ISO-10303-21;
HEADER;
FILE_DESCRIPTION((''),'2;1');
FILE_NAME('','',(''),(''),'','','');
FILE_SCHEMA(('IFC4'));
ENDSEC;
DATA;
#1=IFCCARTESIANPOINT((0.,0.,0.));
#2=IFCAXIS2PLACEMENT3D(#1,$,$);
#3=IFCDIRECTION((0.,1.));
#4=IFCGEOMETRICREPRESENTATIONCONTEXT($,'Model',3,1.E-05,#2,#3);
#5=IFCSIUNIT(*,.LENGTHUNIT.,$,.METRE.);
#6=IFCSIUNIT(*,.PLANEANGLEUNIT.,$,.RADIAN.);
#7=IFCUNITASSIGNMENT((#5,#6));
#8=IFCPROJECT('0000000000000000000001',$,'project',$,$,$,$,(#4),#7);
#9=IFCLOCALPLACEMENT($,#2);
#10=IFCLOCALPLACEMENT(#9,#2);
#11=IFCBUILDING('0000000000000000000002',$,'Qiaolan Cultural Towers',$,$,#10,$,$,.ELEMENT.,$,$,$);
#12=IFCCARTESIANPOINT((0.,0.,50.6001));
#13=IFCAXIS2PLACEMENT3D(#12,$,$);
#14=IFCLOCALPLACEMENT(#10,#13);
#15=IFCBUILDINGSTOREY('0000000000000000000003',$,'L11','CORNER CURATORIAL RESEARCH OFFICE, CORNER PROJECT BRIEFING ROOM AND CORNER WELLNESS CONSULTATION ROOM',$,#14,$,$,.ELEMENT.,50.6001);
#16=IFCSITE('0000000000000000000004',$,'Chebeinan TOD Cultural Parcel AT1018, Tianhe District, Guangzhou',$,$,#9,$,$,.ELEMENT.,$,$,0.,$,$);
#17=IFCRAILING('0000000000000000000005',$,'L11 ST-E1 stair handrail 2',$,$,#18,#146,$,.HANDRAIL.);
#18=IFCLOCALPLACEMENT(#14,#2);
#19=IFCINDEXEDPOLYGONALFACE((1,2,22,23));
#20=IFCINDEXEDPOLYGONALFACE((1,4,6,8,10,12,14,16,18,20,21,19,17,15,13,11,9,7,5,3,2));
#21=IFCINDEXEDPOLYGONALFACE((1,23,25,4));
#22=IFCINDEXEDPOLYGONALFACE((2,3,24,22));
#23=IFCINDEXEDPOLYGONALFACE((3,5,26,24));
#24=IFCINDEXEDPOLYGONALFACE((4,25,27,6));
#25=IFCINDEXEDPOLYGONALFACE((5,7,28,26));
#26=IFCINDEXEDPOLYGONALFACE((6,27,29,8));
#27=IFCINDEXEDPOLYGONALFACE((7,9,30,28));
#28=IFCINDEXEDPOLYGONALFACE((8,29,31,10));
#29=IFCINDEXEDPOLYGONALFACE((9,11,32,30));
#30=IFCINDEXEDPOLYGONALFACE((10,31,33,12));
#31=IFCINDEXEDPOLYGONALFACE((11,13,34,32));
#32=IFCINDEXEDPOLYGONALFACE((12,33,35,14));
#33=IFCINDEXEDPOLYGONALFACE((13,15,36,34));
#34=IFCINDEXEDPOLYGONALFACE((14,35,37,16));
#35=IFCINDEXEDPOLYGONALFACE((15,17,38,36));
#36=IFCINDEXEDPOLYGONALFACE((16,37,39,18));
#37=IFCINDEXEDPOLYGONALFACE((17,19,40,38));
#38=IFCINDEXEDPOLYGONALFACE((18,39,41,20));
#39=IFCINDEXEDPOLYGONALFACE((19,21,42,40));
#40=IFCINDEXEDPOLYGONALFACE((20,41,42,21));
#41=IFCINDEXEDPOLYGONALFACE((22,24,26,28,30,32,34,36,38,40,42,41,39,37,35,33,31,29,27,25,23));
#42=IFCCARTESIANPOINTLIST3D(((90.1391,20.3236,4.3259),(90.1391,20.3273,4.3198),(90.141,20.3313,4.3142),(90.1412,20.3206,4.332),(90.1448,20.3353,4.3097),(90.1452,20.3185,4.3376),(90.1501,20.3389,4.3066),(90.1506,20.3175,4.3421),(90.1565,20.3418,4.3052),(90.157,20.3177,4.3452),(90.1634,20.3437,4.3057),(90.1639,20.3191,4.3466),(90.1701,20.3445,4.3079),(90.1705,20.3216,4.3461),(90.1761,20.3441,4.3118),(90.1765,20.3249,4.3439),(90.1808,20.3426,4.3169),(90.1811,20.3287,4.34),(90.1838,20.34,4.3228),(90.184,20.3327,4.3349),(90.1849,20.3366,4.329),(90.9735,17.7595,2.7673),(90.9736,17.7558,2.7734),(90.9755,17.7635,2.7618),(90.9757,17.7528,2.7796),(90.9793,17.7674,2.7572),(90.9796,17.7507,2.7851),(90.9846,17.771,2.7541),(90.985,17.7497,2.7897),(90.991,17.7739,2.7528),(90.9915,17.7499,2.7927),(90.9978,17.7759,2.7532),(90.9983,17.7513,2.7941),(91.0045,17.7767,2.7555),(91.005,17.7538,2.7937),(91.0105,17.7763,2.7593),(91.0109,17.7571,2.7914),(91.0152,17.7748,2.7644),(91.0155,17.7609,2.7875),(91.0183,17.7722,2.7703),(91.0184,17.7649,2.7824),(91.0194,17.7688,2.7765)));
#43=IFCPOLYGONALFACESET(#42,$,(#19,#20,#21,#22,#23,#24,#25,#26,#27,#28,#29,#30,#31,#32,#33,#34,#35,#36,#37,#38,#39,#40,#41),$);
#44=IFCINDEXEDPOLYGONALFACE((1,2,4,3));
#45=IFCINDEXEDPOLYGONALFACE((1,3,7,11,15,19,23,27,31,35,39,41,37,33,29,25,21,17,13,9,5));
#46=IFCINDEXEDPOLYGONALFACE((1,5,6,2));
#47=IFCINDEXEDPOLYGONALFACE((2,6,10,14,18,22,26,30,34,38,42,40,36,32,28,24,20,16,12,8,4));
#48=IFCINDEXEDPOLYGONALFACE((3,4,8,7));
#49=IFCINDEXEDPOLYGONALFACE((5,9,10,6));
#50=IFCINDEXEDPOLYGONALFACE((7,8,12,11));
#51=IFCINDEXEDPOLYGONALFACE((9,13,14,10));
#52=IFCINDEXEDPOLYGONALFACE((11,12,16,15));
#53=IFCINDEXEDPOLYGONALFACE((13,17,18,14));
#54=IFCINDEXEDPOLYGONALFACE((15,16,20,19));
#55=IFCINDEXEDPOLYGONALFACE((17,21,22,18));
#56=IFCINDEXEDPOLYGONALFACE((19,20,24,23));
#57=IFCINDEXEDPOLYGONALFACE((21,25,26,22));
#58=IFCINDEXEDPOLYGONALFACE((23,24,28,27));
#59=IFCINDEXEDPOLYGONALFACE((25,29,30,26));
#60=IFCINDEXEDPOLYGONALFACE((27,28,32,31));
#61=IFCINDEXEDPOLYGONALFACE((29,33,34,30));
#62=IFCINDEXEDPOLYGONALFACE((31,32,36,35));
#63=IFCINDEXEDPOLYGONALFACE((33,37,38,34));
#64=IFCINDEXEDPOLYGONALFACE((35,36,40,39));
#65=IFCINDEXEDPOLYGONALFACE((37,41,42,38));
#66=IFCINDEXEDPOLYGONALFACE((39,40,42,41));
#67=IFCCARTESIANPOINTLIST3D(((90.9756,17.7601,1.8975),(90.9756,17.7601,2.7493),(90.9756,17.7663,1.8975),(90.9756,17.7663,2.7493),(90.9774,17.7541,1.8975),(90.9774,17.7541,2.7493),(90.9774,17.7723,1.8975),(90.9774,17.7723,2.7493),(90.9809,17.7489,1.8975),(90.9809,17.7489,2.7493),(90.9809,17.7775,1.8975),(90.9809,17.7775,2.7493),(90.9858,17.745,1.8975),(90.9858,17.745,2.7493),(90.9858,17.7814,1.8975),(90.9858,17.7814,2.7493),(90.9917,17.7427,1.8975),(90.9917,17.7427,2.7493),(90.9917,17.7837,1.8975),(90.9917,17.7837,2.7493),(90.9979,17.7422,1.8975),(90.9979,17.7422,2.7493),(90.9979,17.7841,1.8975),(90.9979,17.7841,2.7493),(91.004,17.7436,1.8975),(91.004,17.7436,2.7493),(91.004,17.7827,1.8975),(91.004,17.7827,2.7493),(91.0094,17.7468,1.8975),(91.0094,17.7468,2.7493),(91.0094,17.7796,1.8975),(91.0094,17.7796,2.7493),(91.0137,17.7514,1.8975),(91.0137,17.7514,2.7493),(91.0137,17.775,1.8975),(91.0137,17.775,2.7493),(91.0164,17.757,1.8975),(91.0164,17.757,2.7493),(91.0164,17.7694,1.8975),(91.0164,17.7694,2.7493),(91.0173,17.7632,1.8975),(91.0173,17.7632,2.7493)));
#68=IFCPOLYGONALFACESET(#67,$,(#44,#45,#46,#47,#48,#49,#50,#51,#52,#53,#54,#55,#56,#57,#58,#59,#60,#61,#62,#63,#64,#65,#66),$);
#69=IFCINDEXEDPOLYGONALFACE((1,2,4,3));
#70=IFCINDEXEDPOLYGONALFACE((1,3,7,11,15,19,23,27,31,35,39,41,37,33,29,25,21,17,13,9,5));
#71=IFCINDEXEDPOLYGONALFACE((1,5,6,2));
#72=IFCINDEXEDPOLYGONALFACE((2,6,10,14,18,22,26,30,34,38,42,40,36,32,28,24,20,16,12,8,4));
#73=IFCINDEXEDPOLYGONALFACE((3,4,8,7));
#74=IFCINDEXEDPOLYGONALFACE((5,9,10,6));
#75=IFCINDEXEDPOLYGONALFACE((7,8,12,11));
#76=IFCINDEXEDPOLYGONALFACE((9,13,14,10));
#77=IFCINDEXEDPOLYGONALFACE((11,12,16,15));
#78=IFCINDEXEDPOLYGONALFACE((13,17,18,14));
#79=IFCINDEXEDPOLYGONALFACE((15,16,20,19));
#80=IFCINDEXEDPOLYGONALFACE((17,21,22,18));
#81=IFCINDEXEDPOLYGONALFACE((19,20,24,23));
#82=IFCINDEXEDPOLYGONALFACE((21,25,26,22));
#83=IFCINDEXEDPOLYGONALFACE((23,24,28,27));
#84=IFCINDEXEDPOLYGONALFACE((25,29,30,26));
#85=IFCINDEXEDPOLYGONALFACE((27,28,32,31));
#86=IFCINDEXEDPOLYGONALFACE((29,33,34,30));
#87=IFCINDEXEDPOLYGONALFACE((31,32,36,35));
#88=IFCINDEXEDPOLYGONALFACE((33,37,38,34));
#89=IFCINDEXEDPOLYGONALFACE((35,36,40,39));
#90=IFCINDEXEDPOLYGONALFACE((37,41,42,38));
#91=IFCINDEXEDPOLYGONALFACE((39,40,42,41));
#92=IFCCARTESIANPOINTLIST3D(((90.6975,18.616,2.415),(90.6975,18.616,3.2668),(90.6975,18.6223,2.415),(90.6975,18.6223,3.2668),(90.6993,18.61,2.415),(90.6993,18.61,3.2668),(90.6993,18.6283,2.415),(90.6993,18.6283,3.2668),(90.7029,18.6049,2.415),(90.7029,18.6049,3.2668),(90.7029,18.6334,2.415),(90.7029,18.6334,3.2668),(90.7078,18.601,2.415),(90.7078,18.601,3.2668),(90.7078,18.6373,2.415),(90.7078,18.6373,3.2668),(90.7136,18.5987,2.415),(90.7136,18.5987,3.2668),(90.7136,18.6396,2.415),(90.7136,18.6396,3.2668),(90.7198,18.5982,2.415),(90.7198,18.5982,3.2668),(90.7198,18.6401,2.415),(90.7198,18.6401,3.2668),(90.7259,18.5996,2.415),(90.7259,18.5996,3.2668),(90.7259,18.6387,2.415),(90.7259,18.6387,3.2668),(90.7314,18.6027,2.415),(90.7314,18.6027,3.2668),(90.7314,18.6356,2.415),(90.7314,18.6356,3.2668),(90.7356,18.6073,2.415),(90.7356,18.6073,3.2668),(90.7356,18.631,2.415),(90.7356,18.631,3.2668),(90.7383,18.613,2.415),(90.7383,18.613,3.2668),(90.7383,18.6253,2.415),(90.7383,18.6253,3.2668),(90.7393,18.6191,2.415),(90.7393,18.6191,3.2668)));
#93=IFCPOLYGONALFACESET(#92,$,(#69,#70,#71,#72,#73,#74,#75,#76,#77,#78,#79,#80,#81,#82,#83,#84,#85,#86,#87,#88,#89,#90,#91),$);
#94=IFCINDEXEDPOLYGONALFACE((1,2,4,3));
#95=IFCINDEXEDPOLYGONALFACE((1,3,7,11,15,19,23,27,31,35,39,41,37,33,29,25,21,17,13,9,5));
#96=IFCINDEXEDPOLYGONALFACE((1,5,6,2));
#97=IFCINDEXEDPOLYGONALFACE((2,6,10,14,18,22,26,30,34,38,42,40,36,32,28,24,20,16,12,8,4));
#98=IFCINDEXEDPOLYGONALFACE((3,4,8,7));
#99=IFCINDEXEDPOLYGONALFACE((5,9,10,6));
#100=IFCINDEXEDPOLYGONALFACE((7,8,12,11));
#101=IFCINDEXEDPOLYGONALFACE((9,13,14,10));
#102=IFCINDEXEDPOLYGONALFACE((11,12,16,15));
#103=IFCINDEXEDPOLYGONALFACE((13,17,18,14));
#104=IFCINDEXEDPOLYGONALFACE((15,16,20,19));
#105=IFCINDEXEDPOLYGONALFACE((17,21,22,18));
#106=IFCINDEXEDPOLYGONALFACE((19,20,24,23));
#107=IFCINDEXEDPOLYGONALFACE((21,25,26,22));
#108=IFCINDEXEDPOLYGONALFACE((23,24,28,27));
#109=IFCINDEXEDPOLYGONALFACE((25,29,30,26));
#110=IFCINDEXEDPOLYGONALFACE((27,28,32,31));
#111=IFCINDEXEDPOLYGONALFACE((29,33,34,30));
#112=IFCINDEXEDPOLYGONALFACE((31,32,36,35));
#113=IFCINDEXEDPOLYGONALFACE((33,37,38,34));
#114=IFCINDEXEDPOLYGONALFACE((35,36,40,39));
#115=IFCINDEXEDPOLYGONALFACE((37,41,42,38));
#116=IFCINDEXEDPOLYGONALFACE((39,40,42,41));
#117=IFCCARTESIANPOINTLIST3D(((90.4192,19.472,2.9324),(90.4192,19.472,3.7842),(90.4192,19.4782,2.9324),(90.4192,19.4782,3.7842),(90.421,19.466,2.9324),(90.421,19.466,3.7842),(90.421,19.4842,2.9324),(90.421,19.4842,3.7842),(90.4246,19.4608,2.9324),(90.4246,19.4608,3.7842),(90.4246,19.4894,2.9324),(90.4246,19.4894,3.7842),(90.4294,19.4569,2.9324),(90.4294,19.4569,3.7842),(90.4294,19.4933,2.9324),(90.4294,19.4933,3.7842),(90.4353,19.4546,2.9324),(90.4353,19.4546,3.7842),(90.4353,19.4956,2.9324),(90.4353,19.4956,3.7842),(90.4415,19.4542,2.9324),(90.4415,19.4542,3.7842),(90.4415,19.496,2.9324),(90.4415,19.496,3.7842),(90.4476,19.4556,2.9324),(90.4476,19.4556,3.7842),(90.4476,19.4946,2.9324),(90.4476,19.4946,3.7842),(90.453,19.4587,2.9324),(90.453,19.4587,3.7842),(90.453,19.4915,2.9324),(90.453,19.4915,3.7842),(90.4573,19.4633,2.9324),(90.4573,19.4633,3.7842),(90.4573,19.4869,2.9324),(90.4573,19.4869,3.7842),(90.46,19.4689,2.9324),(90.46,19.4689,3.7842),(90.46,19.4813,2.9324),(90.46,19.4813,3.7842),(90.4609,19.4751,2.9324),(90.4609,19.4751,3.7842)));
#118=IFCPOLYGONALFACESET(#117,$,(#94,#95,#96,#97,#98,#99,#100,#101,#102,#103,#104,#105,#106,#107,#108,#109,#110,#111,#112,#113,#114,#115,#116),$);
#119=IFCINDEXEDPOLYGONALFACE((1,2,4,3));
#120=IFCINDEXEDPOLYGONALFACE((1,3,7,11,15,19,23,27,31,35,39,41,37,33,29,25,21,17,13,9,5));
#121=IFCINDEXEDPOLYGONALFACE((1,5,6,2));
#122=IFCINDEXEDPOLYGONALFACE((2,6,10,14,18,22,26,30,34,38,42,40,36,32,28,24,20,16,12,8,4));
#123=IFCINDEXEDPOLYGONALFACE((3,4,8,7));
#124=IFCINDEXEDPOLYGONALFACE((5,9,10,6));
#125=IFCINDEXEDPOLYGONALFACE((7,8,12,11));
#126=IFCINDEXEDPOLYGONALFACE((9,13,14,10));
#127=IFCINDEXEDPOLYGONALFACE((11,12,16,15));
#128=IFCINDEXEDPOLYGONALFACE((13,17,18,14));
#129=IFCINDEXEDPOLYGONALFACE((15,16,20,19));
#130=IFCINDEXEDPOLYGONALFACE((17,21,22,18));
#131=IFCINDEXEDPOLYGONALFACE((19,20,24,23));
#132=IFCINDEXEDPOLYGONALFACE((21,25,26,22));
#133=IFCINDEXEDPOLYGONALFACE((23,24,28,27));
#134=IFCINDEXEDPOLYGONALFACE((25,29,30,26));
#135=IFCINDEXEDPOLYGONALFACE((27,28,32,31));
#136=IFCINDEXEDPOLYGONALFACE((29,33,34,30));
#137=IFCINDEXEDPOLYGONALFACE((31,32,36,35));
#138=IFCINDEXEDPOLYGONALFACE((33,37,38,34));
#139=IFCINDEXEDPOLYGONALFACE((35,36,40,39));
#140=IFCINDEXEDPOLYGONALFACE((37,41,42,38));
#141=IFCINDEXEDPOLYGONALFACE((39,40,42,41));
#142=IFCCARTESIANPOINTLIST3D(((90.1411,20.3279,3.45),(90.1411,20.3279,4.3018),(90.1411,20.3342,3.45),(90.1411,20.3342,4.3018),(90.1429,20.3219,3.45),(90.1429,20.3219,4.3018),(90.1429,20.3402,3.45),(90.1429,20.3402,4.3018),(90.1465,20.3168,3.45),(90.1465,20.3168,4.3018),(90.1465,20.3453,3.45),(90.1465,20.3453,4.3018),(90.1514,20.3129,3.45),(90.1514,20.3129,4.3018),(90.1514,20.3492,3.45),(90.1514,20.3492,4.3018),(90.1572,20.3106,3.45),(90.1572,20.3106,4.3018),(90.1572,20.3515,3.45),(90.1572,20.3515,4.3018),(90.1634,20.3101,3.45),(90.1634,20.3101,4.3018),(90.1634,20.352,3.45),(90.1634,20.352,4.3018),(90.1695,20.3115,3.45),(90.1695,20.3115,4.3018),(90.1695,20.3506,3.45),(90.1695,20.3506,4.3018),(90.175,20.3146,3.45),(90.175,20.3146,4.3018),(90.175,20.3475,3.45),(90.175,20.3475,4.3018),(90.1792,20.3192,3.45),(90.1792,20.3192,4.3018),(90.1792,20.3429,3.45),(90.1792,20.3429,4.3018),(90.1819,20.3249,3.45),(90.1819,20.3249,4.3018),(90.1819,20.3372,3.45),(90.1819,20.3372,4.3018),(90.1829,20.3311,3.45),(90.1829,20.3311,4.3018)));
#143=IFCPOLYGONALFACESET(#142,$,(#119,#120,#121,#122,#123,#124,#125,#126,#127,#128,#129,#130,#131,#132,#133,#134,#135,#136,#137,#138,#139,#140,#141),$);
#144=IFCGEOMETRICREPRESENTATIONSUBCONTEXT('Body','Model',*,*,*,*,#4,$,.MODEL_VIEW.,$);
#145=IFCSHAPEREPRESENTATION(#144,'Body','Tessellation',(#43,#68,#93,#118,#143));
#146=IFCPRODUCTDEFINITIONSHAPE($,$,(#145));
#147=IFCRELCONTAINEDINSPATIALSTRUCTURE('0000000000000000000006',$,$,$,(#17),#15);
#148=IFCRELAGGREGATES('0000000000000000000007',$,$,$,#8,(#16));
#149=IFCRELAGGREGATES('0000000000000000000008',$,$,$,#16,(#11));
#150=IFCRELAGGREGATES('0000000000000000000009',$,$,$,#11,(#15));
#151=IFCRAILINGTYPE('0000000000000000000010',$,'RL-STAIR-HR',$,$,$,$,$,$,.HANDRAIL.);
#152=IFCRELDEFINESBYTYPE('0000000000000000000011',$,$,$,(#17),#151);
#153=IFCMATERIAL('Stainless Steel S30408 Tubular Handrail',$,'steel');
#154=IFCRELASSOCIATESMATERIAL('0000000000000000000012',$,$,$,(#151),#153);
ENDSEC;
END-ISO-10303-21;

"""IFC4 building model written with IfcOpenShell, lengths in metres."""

from ifc_helpers import new_model, si_unit, direction, frame, origin, origin_2d, place, context, subcontext, project, spatial, circle, extrude, material, type_object, element, save


model = new_model("IFC4")

# Units and contexts
model_context = context("Model", 3, precision=1e-05, world=origin(), true_north=direction((0.0, 1.0)))
body_context = subcontext(model_context, "Body", "Model", "MODEL_VIEW")
ifc_project = project(units=[si_unit("LENGTHUNIT", "METRE"), si_unit("PLANEANGLEUNIT", "RADIAN")], contexts=[model_context])

# Site, building, storey
site_placement = place(None, origin())
site = spatial("IfcSite", under=ifc_project, at=site_placement, Name="Chebeinan TOD Cultural Parcel AT1018, Tianhe District, Guangzhou", CompositionType="ELEMENT", RefElevation=0.0)
building_placement = place(site_placement, origin())
building = spatial("IfcBuilding", under=site, at=building_placement, Name="Qiaolan Cultural Towers", CompositionType="ELEMENT")
storey_placement = place(building_placement, frame((0.0, 0.0, 50.6001)))
storey = spatial("IfcBuildingStorey", under=building, at=storey_placement, Name="L11", Description="CORNER CURATORIAL RESEARCH OFFICE, CORNER PROJECT BRIEFING ROOM AND CORNER WELLNESS CONSULTATION ROOM", CompositionType="ELEMENT", Elevation=50.6001)

# Railing
ifc_material_1 = material(Name="Stainless Steel S30408 Tubular Handrail", Category="steel")
railing_type_1 = type_object("IfcRailingType", Name="RL-STAIR-HR", PredefinedType="HANDRAIL", material=ifc_material_1)
railing_1_placement = place(storey_placement, frame((90.9963, 17.7632, 1.8975)))
element("IfcRailing", 1, at=railing_1_placement, inside=storey, type_object=railing_type_1, Name="L11 ST-E1 stair handrail 2", PredefinedType="HANDRAIL", context=body_context, shape_type="SweptSolid", body=[
    extrude(circle(Radius=0.0239, at=origin_2d()), frame((0.0, 0.0, 0.876), z_axis=(-0.267926, 0.824471, 0.498461), x_axis=(-0.951043, -0.309057, 0.0)), (0.0, 0.0, 1.0), 3.1145),
    extrude(circle(Radius=0.021, at=origin_2d()), origin(), (0.0, 0.0, 1.0), 0.8518),
    extrude(circle(Radius=0.021, at=origin_2d()), frame((-0.2781, 0.856, 0.5176)), (0.0, 0.0, 1.0), 0.8518),
    extrude(circle(Radius=0.021, at=origin_2d()), frame((-0.5564, 1.7119, 1.0349)), (0.0, 0.0, 1.0), 0.8518),
    extrude(circle(Radius=0.021, at=origin_2d()), frame((-0.8345, 2.5679, 1.5525)), (0.0, 0.0, 1.0), 0.8518),
])

save(model, "model.ifc")
